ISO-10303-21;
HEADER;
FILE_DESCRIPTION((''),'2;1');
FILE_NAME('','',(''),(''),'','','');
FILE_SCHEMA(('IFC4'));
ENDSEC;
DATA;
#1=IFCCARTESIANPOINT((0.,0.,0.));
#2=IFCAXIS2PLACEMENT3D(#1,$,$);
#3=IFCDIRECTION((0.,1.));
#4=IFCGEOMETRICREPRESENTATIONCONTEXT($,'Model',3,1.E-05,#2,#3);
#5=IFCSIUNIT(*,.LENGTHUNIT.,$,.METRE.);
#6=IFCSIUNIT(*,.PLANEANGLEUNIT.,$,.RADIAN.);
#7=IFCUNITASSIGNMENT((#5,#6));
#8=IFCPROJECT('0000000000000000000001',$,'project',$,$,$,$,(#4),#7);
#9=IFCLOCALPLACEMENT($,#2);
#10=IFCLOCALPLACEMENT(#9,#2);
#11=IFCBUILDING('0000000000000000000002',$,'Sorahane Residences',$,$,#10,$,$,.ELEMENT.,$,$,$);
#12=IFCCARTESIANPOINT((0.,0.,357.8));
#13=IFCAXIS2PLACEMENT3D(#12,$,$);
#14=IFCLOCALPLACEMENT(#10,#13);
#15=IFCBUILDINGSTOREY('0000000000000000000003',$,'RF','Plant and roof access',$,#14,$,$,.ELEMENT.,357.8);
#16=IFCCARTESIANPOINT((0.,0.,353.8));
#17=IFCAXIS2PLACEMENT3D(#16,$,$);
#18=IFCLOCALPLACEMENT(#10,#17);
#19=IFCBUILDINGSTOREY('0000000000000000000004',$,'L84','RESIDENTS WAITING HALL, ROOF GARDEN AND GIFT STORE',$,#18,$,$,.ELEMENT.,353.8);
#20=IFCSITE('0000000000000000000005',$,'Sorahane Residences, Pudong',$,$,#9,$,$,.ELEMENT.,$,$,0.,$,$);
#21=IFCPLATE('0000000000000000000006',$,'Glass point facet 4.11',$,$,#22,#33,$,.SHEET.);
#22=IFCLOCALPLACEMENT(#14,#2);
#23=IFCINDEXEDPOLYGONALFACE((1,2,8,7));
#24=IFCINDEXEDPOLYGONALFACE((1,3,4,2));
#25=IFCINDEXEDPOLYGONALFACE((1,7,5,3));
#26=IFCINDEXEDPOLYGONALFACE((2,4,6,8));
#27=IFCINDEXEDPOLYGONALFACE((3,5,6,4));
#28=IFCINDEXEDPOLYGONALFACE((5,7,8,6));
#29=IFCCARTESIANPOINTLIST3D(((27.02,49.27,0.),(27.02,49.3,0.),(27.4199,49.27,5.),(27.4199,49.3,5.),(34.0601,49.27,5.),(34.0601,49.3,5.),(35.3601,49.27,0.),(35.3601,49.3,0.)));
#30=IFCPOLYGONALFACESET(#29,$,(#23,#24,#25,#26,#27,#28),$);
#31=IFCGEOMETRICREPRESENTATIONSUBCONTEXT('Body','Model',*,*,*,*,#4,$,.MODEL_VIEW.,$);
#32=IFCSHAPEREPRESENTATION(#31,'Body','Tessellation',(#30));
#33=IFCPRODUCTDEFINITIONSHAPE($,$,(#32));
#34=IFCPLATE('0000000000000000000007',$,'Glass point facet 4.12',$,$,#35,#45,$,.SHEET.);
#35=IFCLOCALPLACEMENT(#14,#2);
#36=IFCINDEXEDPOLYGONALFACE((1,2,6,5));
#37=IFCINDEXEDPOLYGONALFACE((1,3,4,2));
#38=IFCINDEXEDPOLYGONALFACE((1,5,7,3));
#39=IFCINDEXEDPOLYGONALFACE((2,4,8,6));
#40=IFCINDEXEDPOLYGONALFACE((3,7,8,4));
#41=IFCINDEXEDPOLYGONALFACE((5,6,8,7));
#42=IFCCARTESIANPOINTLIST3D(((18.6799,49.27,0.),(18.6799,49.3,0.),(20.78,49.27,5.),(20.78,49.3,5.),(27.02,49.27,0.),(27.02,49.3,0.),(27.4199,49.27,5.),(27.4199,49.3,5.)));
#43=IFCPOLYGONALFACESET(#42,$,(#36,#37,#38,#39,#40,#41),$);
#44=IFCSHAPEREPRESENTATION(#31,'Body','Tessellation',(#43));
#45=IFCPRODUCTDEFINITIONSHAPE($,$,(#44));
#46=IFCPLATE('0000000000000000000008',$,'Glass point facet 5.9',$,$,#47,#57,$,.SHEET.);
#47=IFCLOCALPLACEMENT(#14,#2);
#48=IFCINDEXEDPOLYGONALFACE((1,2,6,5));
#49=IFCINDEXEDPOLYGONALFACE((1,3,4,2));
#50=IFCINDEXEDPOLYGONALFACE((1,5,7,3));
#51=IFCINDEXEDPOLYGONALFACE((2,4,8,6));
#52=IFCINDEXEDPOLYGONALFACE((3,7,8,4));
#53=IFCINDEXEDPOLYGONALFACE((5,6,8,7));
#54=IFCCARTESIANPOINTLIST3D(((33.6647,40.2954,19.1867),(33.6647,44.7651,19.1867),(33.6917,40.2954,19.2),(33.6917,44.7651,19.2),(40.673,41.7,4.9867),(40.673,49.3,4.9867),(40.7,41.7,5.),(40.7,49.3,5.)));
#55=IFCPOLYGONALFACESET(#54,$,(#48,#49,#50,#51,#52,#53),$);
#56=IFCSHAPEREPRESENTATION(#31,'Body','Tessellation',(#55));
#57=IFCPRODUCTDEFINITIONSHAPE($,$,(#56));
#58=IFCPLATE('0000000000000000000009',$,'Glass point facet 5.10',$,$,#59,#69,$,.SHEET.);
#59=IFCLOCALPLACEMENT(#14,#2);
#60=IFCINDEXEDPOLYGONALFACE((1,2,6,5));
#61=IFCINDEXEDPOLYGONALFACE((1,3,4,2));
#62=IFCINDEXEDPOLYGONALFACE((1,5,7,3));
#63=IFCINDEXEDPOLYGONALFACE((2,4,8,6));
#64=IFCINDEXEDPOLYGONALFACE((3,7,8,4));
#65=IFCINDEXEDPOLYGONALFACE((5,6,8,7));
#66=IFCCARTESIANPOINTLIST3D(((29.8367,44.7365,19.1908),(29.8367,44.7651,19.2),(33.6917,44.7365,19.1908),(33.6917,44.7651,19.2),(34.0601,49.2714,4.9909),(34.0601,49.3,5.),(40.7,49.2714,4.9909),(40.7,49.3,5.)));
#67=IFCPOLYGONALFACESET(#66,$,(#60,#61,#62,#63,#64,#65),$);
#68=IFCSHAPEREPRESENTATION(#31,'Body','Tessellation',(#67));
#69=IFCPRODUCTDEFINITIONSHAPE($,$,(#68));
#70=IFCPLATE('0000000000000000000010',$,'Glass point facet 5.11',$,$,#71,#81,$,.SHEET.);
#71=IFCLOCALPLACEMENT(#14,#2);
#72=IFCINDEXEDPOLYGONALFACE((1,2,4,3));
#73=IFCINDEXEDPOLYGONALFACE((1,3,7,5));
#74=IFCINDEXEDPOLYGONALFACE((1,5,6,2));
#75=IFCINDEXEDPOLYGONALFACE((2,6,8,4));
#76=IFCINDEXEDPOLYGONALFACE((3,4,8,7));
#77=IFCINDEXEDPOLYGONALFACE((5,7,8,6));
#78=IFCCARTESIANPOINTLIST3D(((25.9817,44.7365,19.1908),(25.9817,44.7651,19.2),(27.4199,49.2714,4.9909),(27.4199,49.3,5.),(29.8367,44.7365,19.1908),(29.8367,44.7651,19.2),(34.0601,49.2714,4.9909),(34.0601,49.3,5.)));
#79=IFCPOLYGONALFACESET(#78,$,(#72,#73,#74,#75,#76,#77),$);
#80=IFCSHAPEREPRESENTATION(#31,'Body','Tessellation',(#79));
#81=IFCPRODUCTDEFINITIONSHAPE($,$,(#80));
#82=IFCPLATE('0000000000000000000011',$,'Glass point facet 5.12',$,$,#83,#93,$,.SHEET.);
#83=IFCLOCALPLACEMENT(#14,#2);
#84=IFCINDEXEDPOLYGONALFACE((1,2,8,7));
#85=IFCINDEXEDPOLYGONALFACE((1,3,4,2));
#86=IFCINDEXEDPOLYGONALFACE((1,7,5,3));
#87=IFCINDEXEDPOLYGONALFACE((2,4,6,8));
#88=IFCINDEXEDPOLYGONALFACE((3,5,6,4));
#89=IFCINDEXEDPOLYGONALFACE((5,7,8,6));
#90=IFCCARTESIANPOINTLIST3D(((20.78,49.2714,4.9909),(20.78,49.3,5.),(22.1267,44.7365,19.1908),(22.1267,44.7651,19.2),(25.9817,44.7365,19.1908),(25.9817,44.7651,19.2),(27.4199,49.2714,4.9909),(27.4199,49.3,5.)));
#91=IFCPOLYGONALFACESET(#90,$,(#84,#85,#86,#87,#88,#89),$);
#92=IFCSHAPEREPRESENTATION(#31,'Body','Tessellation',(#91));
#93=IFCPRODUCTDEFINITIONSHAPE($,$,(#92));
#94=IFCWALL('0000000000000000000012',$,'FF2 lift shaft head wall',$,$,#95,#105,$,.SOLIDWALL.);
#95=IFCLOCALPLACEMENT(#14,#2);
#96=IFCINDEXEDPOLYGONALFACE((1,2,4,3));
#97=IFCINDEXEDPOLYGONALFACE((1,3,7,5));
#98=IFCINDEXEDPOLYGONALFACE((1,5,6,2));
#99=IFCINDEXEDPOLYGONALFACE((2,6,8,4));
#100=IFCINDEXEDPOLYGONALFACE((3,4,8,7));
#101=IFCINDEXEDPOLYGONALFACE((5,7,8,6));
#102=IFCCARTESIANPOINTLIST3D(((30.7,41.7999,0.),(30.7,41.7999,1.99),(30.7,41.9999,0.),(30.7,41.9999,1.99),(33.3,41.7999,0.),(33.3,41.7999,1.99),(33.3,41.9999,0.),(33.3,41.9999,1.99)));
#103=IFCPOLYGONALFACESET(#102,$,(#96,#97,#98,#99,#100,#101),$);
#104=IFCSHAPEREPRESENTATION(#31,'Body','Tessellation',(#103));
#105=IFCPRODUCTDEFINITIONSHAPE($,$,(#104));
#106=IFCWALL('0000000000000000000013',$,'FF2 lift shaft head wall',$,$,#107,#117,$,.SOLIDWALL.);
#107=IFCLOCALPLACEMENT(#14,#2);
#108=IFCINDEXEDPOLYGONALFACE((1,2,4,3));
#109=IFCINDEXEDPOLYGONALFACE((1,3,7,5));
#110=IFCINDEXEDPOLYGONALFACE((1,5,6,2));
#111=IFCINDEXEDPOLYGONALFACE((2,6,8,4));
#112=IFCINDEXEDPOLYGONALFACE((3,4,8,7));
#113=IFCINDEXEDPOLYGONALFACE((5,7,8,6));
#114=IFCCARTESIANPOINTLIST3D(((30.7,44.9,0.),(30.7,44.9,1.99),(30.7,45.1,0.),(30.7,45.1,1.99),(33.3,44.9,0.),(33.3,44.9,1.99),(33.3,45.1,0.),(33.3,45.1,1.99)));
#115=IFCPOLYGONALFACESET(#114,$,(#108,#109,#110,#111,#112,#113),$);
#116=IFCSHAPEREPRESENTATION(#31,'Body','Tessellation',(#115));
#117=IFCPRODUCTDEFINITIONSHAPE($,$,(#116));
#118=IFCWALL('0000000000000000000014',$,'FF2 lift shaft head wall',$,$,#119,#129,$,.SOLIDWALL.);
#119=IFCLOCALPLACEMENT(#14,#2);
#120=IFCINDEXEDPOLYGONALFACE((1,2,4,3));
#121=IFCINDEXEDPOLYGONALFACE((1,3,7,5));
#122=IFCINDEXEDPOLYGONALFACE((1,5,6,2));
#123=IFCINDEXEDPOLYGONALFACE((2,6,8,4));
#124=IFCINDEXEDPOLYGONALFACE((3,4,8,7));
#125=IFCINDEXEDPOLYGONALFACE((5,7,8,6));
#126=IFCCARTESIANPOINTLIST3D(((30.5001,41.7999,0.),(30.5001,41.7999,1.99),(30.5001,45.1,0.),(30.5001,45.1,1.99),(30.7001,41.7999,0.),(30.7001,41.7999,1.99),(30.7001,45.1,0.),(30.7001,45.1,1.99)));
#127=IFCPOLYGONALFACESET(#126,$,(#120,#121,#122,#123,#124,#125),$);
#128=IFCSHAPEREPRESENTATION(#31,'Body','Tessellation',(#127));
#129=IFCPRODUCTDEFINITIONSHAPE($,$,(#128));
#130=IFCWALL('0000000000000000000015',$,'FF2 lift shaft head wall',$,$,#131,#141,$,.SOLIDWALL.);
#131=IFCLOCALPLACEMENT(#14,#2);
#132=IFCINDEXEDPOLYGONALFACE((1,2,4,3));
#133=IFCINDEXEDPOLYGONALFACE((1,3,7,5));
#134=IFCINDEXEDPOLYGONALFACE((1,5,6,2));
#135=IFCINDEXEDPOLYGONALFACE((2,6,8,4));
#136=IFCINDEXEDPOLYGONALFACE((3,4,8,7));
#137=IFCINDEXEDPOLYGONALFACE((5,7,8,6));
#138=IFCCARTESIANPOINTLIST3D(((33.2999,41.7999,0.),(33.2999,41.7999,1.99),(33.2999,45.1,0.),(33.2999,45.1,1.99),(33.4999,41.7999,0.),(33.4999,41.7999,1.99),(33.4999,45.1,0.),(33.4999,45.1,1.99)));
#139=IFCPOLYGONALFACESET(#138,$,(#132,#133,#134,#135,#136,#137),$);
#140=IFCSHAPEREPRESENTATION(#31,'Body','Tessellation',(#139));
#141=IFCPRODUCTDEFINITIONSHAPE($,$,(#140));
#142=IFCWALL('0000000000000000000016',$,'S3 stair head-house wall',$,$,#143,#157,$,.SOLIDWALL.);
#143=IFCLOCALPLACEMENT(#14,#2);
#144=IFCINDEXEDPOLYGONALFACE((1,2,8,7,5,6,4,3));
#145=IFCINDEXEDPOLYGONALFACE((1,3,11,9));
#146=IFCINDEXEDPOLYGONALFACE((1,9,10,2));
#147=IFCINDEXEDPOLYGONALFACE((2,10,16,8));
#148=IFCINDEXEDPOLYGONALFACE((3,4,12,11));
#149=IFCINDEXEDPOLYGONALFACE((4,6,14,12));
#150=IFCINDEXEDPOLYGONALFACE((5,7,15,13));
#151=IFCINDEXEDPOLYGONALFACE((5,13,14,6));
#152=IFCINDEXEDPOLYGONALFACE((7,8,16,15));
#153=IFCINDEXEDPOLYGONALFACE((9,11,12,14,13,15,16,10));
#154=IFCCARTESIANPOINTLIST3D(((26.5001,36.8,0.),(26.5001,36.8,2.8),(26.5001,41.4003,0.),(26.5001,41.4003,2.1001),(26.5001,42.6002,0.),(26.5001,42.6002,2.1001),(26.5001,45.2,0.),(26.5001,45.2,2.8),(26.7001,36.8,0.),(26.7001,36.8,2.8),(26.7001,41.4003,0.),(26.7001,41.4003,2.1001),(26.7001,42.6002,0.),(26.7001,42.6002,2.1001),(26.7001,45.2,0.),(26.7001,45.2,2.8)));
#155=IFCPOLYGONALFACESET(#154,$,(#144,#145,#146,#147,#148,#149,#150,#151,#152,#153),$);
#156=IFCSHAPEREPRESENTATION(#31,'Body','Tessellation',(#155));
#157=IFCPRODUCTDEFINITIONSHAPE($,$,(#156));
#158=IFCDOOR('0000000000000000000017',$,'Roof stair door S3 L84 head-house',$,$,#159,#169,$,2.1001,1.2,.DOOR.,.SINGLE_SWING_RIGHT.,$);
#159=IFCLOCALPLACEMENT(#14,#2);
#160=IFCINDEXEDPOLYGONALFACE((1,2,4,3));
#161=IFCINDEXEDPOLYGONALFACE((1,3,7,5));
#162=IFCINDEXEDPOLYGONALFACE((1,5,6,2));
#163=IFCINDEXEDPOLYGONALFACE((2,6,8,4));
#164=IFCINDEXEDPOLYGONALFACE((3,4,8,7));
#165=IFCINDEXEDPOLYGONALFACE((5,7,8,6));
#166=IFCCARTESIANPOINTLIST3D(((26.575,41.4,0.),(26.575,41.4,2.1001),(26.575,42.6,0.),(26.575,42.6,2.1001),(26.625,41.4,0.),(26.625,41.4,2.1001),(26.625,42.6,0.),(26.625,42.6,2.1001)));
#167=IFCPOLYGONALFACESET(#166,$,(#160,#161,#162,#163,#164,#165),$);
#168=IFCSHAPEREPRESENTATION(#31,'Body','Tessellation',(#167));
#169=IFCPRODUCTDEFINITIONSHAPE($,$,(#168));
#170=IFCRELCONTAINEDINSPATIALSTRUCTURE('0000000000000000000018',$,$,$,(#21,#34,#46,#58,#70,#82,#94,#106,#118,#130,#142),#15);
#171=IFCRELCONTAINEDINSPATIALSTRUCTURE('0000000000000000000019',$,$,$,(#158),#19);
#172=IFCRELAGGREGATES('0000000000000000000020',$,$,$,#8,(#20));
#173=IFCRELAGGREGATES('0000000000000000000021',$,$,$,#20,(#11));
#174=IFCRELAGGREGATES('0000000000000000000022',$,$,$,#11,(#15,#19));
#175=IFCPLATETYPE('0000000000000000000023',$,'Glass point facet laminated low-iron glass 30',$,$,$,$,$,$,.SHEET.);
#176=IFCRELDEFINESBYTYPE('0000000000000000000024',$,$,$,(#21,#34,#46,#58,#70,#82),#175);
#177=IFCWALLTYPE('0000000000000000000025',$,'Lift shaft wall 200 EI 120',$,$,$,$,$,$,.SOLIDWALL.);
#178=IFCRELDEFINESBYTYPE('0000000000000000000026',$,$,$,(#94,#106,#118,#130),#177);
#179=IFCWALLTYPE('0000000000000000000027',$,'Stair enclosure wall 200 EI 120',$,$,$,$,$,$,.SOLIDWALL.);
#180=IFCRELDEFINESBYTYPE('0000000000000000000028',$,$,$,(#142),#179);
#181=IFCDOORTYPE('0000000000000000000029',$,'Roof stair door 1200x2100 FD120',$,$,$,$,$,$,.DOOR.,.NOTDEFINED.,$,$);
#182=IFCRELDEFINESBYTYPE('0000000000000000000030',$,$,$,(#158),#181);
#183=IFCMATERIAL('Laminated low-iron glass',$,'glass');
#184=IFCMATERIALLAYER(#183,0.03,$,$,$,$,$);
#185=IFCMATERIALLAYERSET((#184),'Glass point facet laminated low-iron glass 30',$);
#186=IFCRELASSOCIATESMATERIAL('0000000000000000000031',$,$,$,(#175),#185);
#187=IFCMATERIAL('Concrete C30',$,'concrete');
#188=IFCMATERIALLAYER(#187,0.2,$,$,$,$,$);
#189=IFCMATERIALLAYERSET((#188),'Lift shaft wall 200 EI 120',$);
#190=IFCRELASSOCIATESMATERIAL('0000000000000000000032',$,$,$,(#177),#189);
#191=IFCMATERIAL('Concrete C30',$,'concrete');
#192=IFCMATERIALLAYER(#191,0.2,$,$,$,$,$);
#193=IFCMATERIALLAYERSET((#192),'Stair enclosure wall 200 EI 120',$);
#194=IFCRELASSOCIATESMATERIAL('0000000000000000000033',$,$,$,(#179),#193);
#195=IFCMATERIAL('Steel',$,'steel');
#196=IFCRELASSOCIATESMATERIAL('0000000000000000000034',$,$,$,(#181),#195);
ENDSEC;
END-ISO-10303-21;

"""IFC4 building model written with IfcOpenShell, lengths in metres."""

from ifc_helpers import new_model, si_unit, direction, frame, frame_2d, origin, place, context, subcontext, project, spatial, polyline, rectangle, outline, extrude, material, layer, layer_set, type_object, element, fill, save


model = new_model("IFC4")

# Units and contexts
model_context = context("Model", 3, precision=1e-05, world=origin(), true_north=direction((0.0, 1.0)))
body_context = subcontext(model_context, "Body", "Model", "MODEL_VIEW")
ifc_project = project(units=[si_unit("LENGTHUNIT", "METRE"), si_unit("PLANEANGLEUNIT", "RADIAN")], contexts=[model_context])

# Site, building, storey
site_placement = place(None, origin())
site = spatial("IfcSite", under=ifc_project, at=site_placement, Name="Sorahane Residences, Pudong", CompositionType="ELEMENT", RefElevation=0.0)
building_placement = place(site_placement, origin())
building = spatial("IfcBuilding", under=site, at=building_placement, Name="Sorahane Residences", CompositionType="ELEMENT")
storey_1_placement = place(building_placement, frame((0.0, 0.0, 357.8)))
storey_1 = spatial("IfcBuildingStorey", under=building, at=storey_1_placement, Name="RF", Description="Plant and roof access", CompositionType="ELEMENT", Elevation=357.8)

# Plates
ifc_material_1 = material(Name="Laminated low-iron glass", Category="glass")
ifc_layer_1 = layer(ifc_material_1, 0.03)
ifc_layer_set_1 = layer_set([ifc_layer_1], Name="Glass point facet laminated low-iron glass 30")
plate_type = type_object("IfcPlateType", Name="Glass point facet laminated low-iron glass 30", PredefinedType="SHEET", material=ifc_layer_set_1)
plate_1_placement = place(storey_1_placement, frame((35.3601, 49.3, 0.0), z_axis=(0.0, 1.0, 0.0), x_axis=(-1.0, 0.0, 0.0)))
element("IfcPlate", 1, at=plate_1_placement, inside=storey_1, type_object=plate_type, Name="Glass point facet 4.11", PredefinedType="SHEET", context=body_context, shape_type="SweptSolid", body=[
    extrude(outline(polyline([(0.0, 0.0), (8.3401, 0.0), (7.9402, 5.0), (1.3, 5.0), (0.0, 0.0)])), origin(), (0.0, 0.0, -1.0), 0.03),
])
plate_2_placement = place(storey_1_placement, frame((27.02, 49.3, 0.0), z_axis=(0.0, 1.0, 0.0), x_axis=(-1.0, 0.0, 0.0)))
element("IfcPlate", 2, at=plate_2_placement, inside=storey_1, type_object=plate_type, Name="Glass point facet 4.12", PredefinedType="SHEET", context=body_context, shape_type="SweptSolid", body=[
    extrude(outline(polyline([(0.0, 0.0), (8.3401, 0.0), (6.24, 5.0), (-0.3999, 5.0), (0.0, 0.0)])), origin(), (0.0, 0.0, -1.0), 0.03),
])
plate_3_placement = place(storey_1_placement, frame((40.7, 41.7, 5.0), z_axis=(0.896731, 0.0, 0.442576), x_axis=(0.0, 1.0, 0.0)))
element("IfcPlate", 3, at=plate_3_placement, inside=storey_1, type_object=plate_type, Name="Glass point facet 5.9", PredefinedType="SHEET", context=body_context, shape_type="SweptSolid", body=[
    extrude(outline(polyline([(0.0, 0.0), (7.6001, 0.0), (3.0652, 15.8352), (-1.4045, 15.8352), (0.0, 0.0)])), origin(), (0.0, 0.0, -1.0), 0.03),
])
plate_4_placement = place(storey_1_placement, frame((40.7, 49.3, 5.0), z_axis=(0.0, 0.952601, 0.304224), x_axis=(-1.0, 0.0, 0.0)))
element("IfcPlate", 4, at=plate_4_placement, inside=storey_1, type_object=plate_type, Name="Glass point facet 5.10", PredefinedType="SHEET", context=body_context, shape_type="SweptSolid", body=[
    extrude(outline(polyline([(0.0, 0.0), (6.6399, 0.0), (10.8633, 14.9065), (7.0083, 14.9065), (0.0, 0.0)])), origin(), (0.0, 0.0, -1.0), 0.03),
])
plate_5_placement = place(storey_1_placement, frame((34.0601, 49.3, 5.0), z_axis=(0.0, 0.952601, 0.304224), x_axis=(-1.0, 0.0, 0.0)))
element("IfcPlate", 5, at=plate_5_placement, inside=storey_1, type_object=plate_type, Name="Glass point facet 5.11", PredefinedType="SHEET", context=body_context, shape_type="SweptSolid", body=[
    extrude(outline(polyline([(0.0, 0.0), (6.6401, 0.0), (8.0784, 14.9065), (4.2234, 14.9065), (0.0, 0.0)])), origin(), (0.0, 0.0, -1.0), 0.03),
])
plate_6_placement = place(storey_1_placement, frame((27.4199, 49.3, 5.0), z_axis=(0.0, 0.952601, 0.304224), x_axis=(-1.0, 0.0, 0.0)))
element("IfcPlate", 6, at=plate_6_placement, inside=storey_1, type_object=plate_type, Name="Glass point facet 5.12", PredefinedType="SHEET", context=body_context, shape_type="SweptSolid", body=[
    extrude(outline(polyline([(0.0, 0.0), (6.6399, 0.0), (5.2932, 14.9065), (1.4382, 14.9065), (0.0, 0.0)])), origin(), (0.0, 0.0, -1.0), 0.03),
])

# Walls
ifc_material_2 = material(Name="Concrete C30", Category="concrete")
ifc_layer_2 = layer(ifc_material_2, 0.2)
ifc_layer_set_2 = layer_set([ifc_layer_2], Name="Lift shaft wall 200 EI 120")
wall_type_1 = type_object("IfcWallType", Name="Lift shaft wall 200 EI 120", PredefinedType="SOLIDWALL", material=ifc_layer_set_2)
for number, where, z_axis, x_axis, name in (
    (7, (30.7, 41.8999, 0.0), (0.0, 0.0, 1.0), (1.0, 0.0, 0.0), "FF2 lift shaft head wall"),
    (8, (30.7, 45.0, 0.0), (0.0, 0.0, 1.0), (1.0, 0.0, 0.0), "FF2 lift shaft head wall"),
):
    element("IfcWall", number, at=place(storey_1_placement, frame(where, z_axis=z_axis, x_axis=x_axis)), inside=storey_1, type_object=wall_type_1, Name=name, PredefinedType="SOLIDWALL", context=body_context, shape_type="SweptSolid", body=[
        extrude(rectangle(XDim=2.6001, YDim=0.2, at=frame_2d((1.3, 0.0))), origin(), (0.0, 0.0, 1.0), 1.99),
    ])
for number, where, z_axis, x_axis, name in (
    (9, (30.6001, 41.8, 0.0), (0.0, 0.0, 1.0), (0.0, 1.0, 0.0), "FF2 lift shaft head wall"),
    (10, (33.3999, 41.8, 0.0), (0.0, 0.0, 1.0), (0.0, 1.0, 0.0), "FF2 lift shaft head wall"),
):
    element("IfcWall", number, at=place(storey_1_placement, frame(where, z_axis=z_axis, x_axis=x_axis)), inside=storey_1, type_object=wall_type_1, Name=name, PredefinedType="SOLIDWALL", context=body_context, shape_type="SweptSolid", body=[
        extrude(rectangle(XDim=3.3, YDim=0.2, at=frame_2d((1.6499, 0.0))), origin(), (0.0, 0.0, 1.0), 1.99),
    ])

# Wall, opening
ifc_material_3 = material(Name="Concrete C30", Category="concrete")
ifc_layer_3 = layer(ifc_material_3, 0.2)
ifc_layer_set_3 = layer_set([ifc_layer_3], Name="Stair enclosure wall 200 EI 120")
wall_type_2 = type_object("IfcWallType", Name="Stair enclosure wall 200 EI 120", PredefinedType="SOLIDWALL", material=ifc_layer_set_3)
wall_placement = place(storey_1_placement, frame((26.6001, 36.8, 0.0), z_axis=(0.0, 0.0, 1.0), x_axis=(0.0, 1.0, 0.0)))
wall = element("IfcWall", 11, at=wall_placement, inside=storey_1, type_object=wall_type_2, Name="S3 stair head-house wall", PredefinedType="SOLIDWALL", context=body_context, shape_type="SweptSolid", body=[
    extrude(rectangle(XDim=8.3999, YDim=0.2, at=frame_2d((4.2, 0.0))), origin(), (0.0, 0.0, 1.0), 2.8),
])
opening_placement = place(wall_placement, frame((4.6001, 0.0, 0.0)))
opening = element("IfcOpeningElement", 12, at=opening_placement, cuts=wall, PredefinedType="OPENING", context=body_context, shape_type="SweptSolid", body=[
    extrude(rectangle(XDim=1.2, YDim=2.1001, at=frame_2d((0.6001, 1.05))), frame((0.0, 0.1099, 0.0), z_axis=(0.0, -1.0, 0.0), x_axis=(1.0, 0.0, 0.0)), (0.0, 0.0, 1.0), 0.22),
])

# Shared definitions
storey_2_placement = place(building_placement, frame((0.0, 0.0, 353.8)))
storey_2 = spatial("IfcBuildingStorey", under=building, at=storey_2_placement, Name="L84", Description="RESIDENTS WAITING HALL, ROOF GARDEN AND GIFT STORE", CompositionType="ELEMENT", Elevation=353.8)

# Door
ifc_material_4 = material(Name="Steel", Category="steel")
door_type = type_object("IfcDoorType", Name="Roof stair door 1200x2100 FD120", OperationType="NOTDEFINED", PredefinedType="DOOR", material=ifc_material_4)
door_placement = place(opening_placement, frame((1.2, 0.0, 0.0), z_axis=(0.0, 0.0, 1.0), x_axis=(-1.0, 0.0, 0.0)))
door = element("IfcDoor", 13, at=door_placement, inside=storey_2, type_object=door_type, Name="Roof stair door S3 L84 head-house", OperationType="SINGLE_SWING_RIGHT", OverallHeight=2.1001, OverallWidth=1.2, PredefinedType="DOOR", context=body_context, shape_type="SweptSolid", body=[
    extrude(rectangle(XDim=1.2, YDim=2.1001, at=frame_2d((0.6001, 1.05))), frame((0.0, 0.0249, 0.0), z_axis=(0.0, -1.0, 0.0), x_axis=(1.0, 0.0, 0.0)), (0.0, 0.0, 1.0), 0.05),
])
fill(opening, door)

save(model, "model.ifc")
